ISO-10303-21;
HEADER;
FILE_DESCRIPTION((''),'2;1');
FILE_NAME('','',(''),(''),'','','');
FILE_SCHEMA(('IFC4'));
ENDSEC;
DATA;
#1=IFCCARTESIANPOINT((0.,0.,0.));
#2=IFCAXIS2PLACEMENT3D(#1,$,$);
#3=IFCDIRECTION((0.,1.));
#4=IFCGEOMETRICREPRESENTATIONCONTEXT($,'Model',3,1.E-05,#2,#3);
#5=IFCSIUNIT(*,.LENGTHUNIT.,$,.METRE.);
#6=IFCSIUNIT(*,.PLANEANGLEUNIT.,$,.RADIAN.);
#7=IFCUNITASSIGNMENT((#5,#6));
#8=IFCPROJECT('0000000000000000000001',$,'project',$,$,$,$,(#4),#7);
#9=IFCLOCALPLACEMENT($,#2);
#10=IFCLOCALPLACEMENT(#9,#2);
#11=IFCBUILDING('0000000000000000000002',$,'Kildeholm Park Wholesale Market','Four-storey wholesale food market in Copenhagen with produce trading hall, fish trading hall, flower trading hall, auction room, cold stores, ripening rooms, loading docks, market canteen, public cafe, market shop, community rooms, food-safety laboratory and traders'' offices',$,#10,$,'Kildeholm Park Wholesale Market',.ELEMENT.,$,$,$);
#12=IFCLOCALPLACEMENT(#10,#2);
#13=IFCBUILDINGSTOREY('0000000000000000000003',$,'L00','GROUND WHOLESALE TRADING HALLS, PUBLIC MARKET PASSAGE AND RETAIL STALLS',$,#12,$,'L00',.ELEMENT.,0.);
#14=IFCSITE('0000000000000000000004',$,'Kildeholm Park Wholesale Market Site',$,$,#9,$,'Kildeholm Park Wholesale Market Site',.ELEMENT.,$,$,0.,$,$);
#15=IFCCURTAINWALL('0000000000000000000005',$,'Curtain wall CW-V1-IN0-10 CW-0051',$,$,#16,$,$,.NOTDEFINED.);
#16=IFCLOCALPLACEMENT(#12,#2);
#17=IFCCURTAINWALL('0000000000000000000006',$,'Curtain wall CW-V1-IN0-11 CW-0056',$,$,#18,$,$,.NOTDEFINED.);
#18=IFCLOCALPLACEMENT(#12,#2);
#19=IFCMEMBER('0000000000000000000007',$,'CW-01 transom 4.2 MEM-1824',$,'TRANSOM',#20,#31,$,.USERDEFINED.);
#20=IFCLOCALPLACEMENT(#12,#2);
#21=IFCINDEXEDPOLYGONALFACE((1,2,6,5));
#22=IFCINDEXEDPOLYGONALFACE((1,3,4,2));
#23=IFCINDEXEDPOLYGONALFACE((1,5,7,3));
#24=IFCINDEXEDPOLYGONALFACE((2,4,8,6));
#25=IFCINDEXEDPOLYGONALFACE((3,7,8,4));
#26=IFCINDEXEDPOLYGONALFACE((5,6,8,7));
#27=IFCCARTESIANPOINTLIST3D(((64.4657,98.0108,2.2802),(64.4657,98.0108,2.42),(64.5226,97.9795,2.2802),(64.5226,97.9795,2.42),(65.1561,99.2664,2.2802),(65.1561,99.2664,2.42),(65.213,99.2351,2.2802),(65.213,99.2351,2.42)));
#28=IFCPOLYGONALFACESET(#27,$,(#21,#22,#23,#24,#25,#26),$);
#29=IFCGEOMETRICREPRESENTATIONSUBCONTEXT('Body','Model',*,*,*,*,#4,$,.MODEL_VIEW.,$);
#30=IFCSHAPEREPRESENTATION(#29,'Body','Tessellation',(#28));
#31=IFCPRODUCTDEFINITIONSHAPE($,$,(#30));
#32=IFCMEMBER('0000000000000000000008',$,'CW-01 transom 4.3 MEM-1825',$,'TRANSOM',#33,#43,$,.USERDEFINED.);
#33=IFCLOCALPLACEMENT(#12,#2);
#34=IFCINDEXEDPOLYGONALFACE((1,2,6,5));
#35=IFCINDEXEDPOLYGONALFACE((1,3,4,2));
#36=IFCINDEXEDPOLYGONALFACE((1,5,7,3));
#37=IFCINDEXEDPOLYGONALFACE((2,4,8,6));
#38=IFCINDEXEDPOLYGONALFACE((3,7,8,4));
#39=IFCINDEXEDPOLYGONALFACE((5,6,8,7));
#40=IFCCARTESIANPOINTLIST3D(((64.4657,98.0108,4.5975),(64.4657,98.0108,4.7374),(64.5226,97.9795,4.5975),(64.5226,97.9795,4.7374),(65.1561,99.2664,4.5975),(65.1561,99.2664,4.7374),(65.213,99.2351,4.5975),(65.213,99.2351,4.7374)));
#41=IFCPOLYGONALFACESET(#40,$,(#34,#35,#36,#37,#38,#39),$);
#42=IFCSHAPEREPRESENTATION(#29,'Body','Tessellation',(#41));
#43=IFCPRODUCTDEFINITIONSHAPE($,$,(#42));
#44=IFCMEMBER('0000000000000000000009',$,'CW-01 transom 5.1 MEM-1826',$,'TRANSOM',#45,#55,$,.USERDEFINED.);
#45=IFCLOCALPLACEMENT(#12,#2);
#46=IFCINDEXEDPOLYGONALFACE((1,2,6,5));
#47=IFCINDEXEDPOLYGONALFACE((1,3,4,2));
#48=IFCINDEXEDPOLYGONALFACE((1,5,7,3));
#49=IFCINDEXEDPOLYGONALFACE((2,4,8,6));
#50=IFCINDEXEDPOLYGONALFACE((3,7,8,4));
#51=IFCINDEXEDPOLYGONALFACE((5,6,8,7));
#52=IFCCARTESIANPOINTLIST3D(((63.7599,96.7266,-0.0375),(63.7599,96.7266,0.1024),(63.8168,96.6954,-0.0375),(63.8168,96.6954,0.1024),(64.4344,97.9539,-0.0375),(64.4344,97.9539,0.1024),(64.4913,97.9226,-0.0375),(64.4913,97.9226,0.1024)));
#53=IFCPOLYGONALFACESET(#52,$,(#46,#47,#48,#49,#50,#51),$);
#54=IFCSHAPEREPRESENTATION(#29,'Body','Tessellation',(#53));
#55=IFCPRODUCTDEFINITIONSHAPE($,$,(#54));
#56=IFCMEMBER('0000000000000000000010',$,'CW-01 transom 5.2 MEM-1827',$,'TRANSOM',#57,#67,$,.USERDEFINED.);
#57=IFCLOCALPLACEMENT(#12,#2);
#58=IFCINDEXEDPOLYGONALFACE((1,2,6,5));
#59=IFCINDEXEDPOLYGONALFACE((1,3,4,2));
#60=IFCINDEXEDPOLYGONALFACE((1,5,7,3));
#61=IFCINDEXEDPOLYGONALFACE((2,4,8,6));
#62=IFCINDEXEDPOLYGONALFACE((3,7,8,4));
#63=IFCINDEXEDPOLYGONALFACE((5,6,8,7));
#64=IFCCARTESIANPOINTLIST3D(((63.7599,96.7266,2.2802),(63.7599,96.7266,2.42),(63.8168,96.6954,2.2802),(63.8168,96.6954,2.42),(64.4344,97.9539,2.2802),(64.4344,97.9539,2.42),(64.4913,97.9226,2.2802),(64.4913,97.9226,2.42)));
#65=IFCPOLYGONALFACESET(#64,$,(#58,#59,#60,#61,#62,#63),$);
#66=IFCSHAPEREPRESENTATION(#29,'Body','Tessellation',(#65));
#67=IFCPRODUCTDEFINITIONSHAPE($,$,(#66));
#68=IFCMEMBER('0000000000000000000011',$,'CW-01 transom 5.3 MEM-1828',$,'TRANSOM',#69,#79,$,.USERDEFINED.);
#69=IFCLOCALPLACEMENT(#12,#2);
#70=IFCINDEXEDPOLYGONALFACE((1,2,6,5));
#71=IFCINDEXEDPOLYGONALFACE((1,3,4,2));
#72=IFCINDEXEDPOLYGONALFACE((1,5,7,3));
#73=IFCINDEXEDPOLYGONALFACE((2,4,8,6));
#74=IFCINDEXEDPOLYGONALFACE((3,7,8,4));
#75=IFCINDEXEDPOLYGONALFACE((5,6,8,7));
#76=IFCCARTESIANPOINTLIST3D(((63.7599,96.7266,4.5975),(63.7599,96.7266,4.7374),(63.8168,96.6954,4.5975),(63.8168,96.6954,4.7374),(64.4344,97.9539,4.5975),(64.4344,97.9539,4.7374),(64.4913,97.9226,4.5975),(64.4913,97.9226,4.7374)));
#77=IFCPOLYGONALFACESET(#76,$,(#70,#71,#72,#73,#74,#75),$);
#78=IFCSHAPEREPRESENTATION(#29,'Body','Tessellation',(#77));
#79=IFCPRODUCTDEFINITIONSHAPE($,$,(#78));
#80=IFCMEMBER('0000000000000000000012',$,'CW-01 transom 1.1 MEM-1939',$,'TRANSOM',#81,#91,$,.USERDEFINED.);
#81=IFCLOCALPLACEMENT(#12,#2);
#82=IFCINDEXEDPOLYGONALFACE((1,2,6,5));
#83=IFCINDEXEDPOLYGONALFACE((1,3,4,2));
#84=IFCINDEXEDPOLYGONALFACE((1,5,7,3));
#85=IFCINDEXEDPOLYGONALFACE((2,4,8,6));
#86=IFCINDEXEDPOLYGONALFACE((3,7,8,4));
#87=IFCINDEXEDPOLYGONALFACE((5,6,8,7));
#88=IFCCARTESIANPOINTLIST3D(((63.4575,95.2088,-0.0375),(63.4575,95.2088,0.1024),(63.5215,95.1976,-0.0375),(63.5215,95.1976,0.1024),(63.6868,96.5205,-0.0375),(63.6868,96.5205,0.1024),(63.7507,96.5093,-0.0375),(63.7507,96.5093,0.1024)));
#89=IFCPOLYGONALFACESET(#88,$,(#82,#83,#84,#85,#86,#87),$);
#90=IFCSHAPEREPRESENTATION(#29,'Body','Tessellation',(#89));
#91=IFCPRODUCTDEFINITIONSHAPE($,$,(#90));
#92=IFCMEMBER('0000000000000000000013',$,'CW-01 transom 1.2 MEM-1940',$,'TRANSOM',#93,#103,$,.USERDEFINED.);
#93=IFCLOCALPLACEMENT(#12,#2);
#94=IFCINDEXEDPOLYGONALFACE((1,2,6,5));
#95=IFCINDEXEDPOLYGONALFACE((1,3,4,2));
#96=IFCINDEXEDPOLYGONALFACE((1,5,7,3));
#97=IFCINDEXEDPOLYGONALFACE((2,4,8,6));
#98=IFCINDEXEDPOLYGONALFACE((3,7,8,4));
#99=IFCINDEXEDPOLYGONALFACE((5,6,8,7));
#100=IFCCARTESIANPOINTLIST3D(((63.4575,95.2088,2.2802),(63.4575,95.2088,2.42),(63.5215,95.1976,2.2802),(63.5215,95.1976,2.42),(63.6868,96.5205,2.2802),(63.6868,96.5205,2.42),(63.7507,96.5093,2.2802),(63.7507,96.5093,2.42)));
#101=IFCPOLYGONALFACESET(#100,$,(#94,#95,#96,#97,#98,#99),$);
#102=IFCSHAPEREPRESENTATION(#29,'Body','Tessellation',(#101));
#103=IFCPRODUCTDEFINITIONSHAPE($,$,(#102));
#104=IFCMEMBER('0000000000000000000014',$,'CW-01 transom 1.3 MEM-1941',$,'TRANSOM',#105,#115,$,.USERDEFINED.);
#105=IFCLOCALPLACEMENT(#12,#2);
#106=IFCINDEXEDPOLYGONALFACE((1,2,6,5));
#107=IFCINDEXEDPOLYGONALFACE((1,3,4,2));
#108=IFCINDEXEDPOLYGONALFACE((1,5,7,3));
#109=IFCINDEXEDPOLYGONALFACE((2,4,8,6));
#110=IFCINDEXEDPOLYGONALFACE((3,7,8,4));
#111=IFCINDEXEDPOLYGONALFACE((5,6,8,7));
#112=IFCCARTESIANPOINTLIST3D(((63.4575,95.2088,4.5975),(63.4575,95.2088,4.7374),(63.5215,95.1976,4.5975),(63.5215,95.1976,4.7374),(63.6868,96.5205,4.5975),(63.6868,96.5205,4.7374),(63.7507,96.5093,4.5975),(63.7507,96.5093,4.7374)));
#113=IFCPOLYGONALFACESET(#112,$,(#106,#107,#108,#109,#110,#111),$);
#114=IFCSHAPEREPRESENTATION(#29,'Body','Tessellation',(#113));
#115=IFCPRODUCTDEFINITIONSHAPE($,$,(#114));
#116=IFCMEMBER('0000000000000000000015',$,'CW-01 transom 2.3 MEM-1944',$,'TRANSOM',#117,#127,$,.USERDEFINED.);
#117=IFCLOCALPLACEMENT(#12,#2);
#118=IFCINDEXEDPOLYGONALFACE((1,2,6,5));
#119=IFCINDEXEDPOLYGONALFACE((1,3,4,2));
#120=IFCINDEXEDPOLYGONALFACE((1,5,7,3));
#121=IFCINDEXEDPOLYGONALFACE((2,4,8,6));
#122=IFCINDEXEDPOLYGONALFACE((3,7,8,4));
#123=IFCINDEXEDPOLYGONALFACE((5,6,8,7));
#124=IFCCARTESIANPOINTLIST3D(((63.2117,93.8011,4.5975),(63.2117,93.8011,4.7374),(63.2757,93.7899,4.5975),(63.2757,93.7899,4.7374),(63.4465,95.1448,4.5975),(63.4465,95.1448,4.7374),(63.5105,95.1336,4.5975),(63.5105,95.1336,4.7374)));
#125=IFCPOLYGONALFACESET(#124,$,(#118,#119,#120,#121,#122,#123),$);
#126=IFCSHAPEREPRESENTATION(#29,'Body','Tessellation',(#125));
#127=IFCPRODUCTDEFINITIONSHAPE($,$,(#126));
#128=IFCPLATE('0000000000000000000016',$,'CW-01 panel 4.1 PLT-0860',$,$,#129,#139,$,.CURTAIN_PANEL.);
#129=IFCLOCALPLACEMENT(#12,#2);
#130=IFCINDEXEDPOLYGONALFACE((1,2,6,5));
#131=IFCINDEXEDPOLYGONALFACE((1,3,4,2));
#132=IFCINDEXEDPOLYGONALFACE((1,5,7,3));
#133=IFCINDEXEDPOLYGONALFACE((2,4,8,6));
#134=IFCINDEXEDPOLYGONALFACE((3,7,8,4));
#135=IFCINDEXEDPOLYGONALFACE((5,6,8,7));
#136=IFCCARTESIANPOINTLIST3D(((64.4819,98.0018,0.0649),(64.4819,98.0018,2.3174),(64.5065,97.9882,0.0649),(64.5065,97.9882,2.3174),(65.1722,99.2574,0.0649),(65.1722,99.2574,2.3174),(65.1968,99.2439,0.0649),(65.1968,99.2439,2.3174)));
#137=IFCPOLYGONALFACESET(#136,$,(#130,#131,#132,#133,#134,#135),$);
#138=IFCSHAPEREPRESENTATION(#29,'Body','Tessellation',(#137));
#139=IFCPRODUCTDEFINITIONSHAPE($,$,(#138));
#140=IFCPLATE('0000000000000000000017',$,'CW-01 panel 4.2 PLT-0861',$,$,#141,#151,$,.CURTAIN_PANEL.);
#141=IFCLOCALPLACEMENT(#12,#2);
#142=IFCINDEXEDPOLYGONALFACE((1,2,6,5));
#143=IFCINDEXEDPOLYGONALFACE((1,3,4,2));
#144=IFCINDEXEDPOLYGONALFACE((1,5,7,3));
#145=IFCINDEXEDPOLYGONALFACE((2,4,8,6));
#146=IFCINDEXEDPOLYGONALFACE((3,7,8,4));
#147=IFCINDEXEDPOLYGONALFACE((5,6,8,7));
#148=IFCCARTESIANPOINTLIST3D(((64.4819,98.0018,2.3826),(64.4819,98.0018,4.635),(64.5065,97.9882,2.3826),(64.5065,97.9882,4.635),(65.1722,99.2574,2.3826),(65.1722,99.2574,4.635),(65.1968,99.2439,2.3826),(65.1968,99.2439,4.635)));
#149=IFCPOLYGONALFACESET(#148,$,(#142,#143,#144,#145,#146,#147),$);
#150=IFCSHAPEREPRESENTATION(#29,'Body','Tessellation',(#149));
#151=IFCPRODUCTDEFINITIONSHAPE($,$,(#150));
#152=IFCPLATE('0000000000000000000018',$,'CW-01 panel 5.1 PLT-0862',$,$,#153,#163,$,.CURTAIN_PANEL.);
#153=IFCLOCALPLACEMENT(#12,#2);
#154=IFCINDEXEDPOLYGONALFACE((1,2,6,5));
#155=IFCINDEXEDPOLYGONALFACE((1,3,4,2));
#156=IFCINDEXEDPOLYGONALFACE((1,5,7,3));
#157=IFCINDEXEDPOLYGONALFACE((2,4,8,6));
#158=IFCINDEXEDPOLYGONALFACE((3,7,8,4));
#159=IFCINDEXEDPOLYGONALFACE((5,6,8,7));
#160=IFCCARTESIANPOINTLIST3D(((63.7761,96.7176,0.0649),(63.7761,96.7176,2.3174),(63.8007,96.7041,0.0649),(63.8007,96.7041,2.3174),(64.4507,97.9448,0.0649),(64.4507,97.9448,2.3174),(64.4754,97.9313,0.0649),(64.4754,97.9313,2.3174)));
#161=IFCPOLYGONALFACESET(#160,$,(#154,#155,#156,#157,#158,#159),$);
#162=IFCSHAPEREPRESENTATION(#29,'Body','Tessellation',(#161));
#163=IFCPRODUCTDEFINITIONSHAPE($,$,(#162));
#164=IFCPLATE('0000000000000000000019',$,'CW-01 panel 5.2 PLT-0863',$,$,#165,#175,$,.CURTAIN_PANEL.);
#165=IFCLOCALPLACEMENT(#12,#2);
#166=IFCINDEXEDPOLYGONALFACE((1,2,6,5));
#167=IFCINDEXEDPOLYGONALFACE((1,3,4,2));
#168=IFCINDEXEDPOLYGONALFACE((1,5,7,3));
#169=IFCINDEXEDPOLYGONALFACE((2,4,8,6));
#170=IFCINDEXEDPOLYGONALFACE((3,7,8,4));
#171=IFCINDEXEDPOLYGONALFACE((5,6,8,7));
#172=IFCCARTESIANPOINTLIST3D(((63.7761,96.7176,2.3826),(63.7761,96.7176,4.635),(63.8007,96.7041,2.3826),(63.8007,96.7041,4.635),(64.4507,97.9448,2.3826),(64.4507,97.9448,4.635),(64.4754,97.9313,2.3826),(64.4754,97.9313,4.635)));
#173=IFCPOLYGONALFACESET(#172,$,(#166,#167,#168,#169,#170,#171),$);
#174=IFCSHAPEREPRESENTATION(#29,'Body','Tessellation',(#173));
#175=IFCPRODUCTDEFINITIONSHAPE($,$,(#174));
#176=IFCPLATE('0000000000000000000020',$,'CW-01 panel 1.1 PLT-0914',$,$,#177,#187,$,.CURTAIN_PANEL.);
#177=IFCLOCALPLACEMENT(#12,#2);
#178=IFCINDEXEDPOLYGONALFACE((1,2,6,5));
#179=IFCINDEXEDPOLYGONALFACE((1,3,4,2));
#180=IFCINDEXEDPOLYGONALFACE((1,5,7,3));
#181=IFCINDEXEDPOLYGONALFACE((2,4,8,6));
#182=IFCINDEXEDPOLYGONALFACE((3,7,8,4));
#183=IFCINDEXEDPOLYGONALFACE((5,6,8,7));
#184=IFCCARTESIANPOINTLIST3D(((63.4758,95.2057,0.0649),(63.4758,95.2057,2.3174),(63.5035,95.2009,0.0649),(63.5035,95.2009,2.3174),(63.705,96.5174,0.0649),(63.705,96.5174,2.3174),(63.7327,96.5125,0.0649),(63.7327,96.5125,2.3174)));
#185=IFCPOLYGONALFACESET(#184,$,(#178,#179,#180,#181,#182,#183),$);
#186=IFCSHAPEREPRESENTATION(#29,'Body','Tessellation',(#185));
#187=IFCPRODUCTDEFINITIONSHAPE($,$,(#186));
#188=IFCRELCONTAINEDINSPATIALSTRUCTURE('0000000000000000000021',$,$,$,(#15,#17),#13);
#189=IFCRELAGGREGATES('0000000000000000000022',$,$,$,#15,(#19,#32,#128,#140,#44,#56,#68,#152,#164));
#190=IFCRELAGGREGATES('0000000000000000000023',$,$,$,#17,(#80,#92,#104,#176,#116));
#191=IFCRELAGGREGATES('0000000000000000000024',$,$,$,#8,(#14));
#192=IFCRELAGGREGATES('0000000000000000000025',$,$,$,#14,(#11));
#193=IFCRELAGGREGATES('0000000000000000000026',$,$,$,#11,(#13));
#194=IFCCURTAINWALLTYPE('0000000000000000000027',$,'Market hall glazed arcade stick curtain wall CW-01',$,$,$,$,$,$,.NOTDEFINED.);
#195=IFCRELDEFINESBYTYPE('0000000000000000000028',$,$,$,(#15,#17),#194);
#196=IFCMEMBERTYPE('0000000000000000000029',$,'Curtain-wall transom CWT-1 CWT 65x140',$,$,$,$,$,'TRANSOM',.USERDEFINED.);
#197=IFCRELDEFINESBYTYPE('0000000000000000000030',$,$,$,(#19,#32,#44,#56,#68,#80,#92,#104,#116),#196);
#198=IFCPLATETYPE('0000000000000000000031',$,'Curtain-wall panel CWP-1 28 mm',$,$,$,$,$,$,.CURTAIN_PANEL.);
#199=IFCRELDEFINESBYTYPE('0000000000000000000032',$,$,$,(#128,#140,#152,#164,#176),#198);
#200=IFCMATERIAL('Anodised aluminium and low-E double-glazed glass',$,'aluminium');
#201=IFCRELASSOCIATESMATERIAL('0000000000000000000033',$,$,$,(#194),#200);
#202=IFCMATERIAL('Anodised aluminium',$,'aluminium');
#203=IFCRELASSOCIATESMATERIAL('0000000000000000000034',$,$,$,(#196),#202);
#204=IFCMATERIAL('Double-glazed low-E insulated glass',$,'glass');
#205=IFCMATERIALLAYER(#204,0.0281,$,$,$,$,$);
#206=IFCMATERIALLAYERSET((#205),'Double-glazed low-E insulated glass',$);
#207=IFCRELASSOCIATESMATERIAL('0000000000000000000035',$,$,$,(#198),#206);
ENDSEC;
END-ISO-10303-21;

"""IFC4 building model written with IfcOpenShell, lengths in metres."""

from ifc_helpers import new_model, si_unit, direction, frame, origin, origin_2d, place, context, subcontext, project, spatial, rectangle, extrude, material, layer, layer_set, material_profile, profile_set, type_object, element, aggregate, save


model = new_model("IFC4")

# Units and contexts
model_context = context("Model", 3, precision=1e-05, world=origin(), true_north=direction((0.0, 1.0)))
body_context = subcontext(model_context, "Body", "Model", "MODEL_VIEW")
ifc_project = project(units=[si_unit("LENGTHUNIT", "METRE"), si_unit("PLANEANGLEUNIT", "RADIAN")], contexts=[model_context])

# Site, building, storey
site_placement = place(None, origin())
site = spatial("IfcSite", under=ifc_project, at=site_placement, Name="Kildeholm Park Wholesale Market Site", LongName="Kildeholm Park Wholesale Market Site", CompositionType="ELEMENT", RefElevation=0.0)
building_placement = place(site_placement, origin())
building = spatial("IfcBuilding", under=site, at=building_placement, Name="Kildeholm Park Wholesale Market", Description="Four-storey wholesale food market in Copenhagen with produce trading hall, fish trading hall, flower trading hall, auction room, cold stores, ripening rooms, loading docks, market canteen, public cafe, market shop, community rooms, food-safety laboratory and traders' offices", LongName="Kildeholm Park Wholesale Market", CompositionType="ELEMENT")
storey_placement = place(building_placement, origin())
storey = spatial("IfcBuildingStorey", under=building, at=storey_placement, Name="L00", Description="GROUND WHOLESALE TRADING HALLS, PUBLIC MARKET PASSAGE AND RETAIL STALLS", LongName="L00", CompositionType="ELEMENT", Elevation=0.0)

# Curtain walls
ifc_material_1 = material(Name="Anodised aluminium and low-E double-glazed glass", Category="aluminium")
curtain_wall_type = type_object("IfcCurtainWallType", Name="Market hall glazed arcade stick curtain wall CW-01", PredefinedType="NOTDEFINED", material=ifc_material_1)
curtain_wall_1_placement = place(storey_placement, origin())
curtain_wall_1 = element("IfcCurtainWall", 1, at=curtain_wall_1_placement, inside=storey, type_object=curtain_wall_type, Name="Curtain wall CW-V1-IN0-10 CW-0051", PredefinedType="NOTDEFINED")
ifc_material_2 = material(Name="Anodised aluminium", Category="aluminium")
curtain_wall_2_placement = place(storey_placement, origin())
curtain_wall_2 = element("IfcCurtainWall", 2, at=curtain_wall_2_placement, inside=storey, type_object=curtain_wall_type, Name="Curtain wall CW-V1-IN0-11 CW-0056", PredefinedType="NOTDEFINED")

# Members
ifc_material_profile_1 = material_profile(ifc_material_2, rectangle(XDim=0.0649, YDim=0.1399, at=origin_2d()), Name="CWT 65x140")
ifc_profile_set_1 = profile_set([ifc_material_profile_1], Name="Anodised aluminium")
member_type_1 = type_object("IfcMemberType", Name="Curtain-wall transom CWT-1 CWT 65x140", ElementType="TRANSOM", PredefinedType="USERDEFINED", material=ifc_profile_set_1)
member_1_placement = place(storey_placement, frame((65.1846, 99.2507, 2.3501), z_axis=(-0.481834, -0.876263, 0.0), x_axis=(0.876263, -0.481834, 0.0)))
member_1 = element("IfcMember", 3, at=member_1_placement, type_object=member_type_1, Name="CW-01 transom 4.2 MEM-1824", ObjectType="TRANSOM", PredefinedType="USERDEFINED", context=body_context, shape_type="SweptSolid", body=[
    extrude(rectangle(XDim=0.0649, YDim=0.1399, at=origin_2d()), origin(), (0.0, 0.0, 1.0), 1.4329),
])
member_2_placement = place(storey_placement, frame((65.1846, 99.2507, 4.6675), z_axis=(-0.481834, -0.876263, 0.0), x_axis=(0.876263, -0.481834, 0.0)))
member_2 = element("IfcMember", 4, at=member_2_placement, type_object=member_type_1, Name="CW-01 transom 4.3 MEM-1825", ObjectType="TRANSOM", PredefinedType="USERDEFINED", context=body_context, shape_type="SweptSolid", body=[
    extrude(rectangle(XDim=0.0649, YDim=0.1399, at=origin_2d()), origin(), (0.0, 0.0, 1.0), 1.4329),
])
member_3_placement = place(storey_placement, frame((64.4629, 97.9382, 0.0325), z_axis=(-0.481671, -0.876352, 0.0), x_axis=(0.876352, -0.481671, 0.0)))
member_3 = element("IfcMember", 5, at=member_3_placement, type_object=member_type_1, Name="CW-01 transom 5.1 MEM-1826", ObjectType="TRANSOM", PredefinedType="USERDEFINED", context=body_context, shape_type="SweptSolid", body=[
    extrude(rectangle(XDim=0.0649, YDim=0.1399, at=origin_2d()), origin(), (0.0, 0.0, 1.0), 1.4004),
])
member_4_placement = place(storey_placement, frame((64.4629, 97.9382, 2.3501), z_axis=(-0.481671, -0.876352, 0.0), x_axis=(0.876352, -0.481671, 0.0)))
member_4 = element("IfcMember", 6, at=member_4_placement, type_object=member_type_1, Name="CW-01 transom 5.2 MEM-1827", ObjectType="TRANSOM", PredefinedType="USERDEFINED", context=body_context, shape_type="SweptSolid", body=[
    extrude(rectangle(XDim=0.0649, YDim=0.1399, at=origin_2d()), origin(), (0.0, 0.0, 1.0), 1.4004),
])
member_5_placement = place(storey_placement, frame((64.4629, 97.9382, 4.6675), z_axis=(-0.481671, -0.876352, 0.0), x_axis=(0.876352, -0.481671, 0.0)))
member_5 = element("IfcMember", 7, at=member_5_placement, type_object=member_type_1, Name="CW-01 transom 5.3 MEM-1828", ObjectType="TRANSOM", PredefinedType="USERDEFINED", context=body_context, shape_type="SweptSolid", body=[
    extrude(rectangle(XDim=0.0649, YDim=0.1399, at=origin_2d()), origin(), (0.0, 0.0, 1.0), 1.4004),
])
member_6_placement = place(storey_placement, frame((63.7188, 96.5149, 0.0325), z_axis=(-0.172154, -0.98507, 0.0), x_axis=(0.98507, -0.172154, 0.0)))
member_6 = element("IfcMember", 8, at=member_6_placement, type_object=member_type_1, Name="CW-01 transom 1.1 MEM-1939", ObjectType="TRANSOM", PredefinedType="USERDEFINED", context=body_context, shape_type="SweptSolid", body=[
    extrude(rectangle(XDim=0.0649, YDim=0.1399, at=origin_2d()), origin(), (0.0, 0.0, 1.0), 1.3315),
])
member_7_placement = place(storey_placement, frame((63.7188, 96.5149, 2.3501), z_axis=(-0.172154, -0.98507, 0.0), x_axis=(0.98507, -0.172154, 0.0)))
member_7 = element("IfcMember", 9, at=member_7_placement, type_object=member_type_1, Name="CW-01 transom 1.2 MEM-1940", ObjectType="TRANSOM", PredefinedType="USERDEFINED", context=body_context, shape_type="SweptSolid", body=[
    extrude(rectangle(XDim=0.0649, YDim=0.1399, at=origin_2d()), origin(), (0.0, 0.0, 1.0), 1.3315),
])
member_8_placement = place(storey_placement, frame((63.7188, 96.5149, 4.6675), z_axis=(-0.172154, -0.98507, 0.0), x_axis=(0.98507, -0.172154, 0.0)))
member_8 = element("IfcMember", 10, at=member_8_placement, type_object=member_type_1, Name="CW-01 transom 1.3 MEM-1941", ObjectType="TRANSOM", PredefinedType="USERDEFINED", context=body_context, shape_type="SweptSolid", body=[
    extrude(rectangle(XDim=0.0649, YDim=0.1399, at=origin_2d()), origin(), (0.0, 0.0, 1.0), 1.3315),
])
member_9_placement = place(storey_placement, frame((63.4785, 95.1392, 4.6675), z_axis=(-0.172172, -0.985067, 0.0), x_axis=(0.985067, -0.172172, 0.0)))
member_9 = element("IfcMember", 11, at=member_9_placement, type_object=member_type_1, Name="CW-01 transom 2.3 MEM-1944", ObjectType="TRANSOM", PredefinedType="USERDEFINED", context=body_context, shape_type="SweptSolid", body=[
    extrude(rectangle(XDim=0.0649, YDim=0.1399, at=origin_2d()), origin(), (0.0, 0.0, 1.0), 1.364),
])

# Plates
ifc_material_3 = material(Name="Double-glazed low-E insulated glass", Category="glass")
ifc_layer = layer(ifc_material_3, 0.0281)
ifc_layer_set = layer_set([ifc_layer], Name="Double-glazed low-E insulated glass")
plate_type = type_object("IfcPlateType", Name="Curtain-wall panel CWP-1 28 mm", PredefinedType="CURTAIN_PANEL", material=ifc_layer_set)
plate_1_placement = place(storey_placement, frame((64.8394, 98.6228, 0.0649), z_axis=(0.0, 0.0, 1.0), x_axis=(-0.48175, -0.876309, 0.0)))
plate_1 = element("IfcPlate", 12, at=plate_1_placement, type_object=plate_type, Name="CW-01 panel 4.1 PLT-0860", PredefinedType="CURTAIN_PANEL", context=body_context, shape_type="SweptSolid", body=[
    extrude(rectangle(XDim=1.4329, YDim=0.0281, at=origin_2d()), origin(), (0.0, 0.0, 1.0), 2.2524),
])
plate_2_placement = place(storey_placement, frame((64.8394, 98.6228, 2.3826), z_axis=(0.0, 0.0, 1.0), x_axis=(-0.48175, -0.876309, 0.0)))
plate_2 = element("IfcPlate", 13, at=plate_2_placement, type_object=plate_type, Name="CW-01 panel 4.2 PLT-0861", PredefinedType="CURTAIN_PANEL", context=body_context, shape_type="SweptSolid", body=[
    extrude(rectangle(XDim=1.4329, YDim=0.0281, at=origin_2d()), origin(), (0.0, 0.0, 1.0), 2.2524),
])
plate_3_placement = place(storey_placement, frame((64.1257, 97.3245, 0.0649), z_axis=(0.0, 0.0, 1.0), x_axis=(-0.48175, -0.876309, 0.0)))
plate_3 = element("IfcPlate", 14, at=plate_3_placement, type_object=plate_type, Name="CW-01 panel 5.1 PLT-0862", PredefinedType="CURTAIN_PANEL", context=body_context, shape_type="SweptSolid", body=[
    extrude(rectangle(XDim=1.4004, YDim=0.0281, at=origin_2d()), origin(), (0.0, 0.0, 1.0), 2.2524),
])
plate_4_placement = place(storey_placement, frame((64.1257, 97.3245, 2.3826), z_axis=(0.0, 0.0, 1.0), x_axis=(-0.48175, -0.876309, 0.0)))
plate_4 = element("IfcPlate", 15, at=plate_4_placement, type_object=plate_type, Name="CW-01 panel 5.2 PLT-0863", PredefinedType="CURTAIN_PANEL", context=body_context, shape_type="SweptSolid", body=[
    extrude(rectangle(XDim=1.4004, YDim=0.0281, at=origin_2d()), origin(), (0.0, 0.0, 1.0), 2.2524),
])
aggregate(curtain_wall_1, [member_1, member_2, plate_1, plate_2, member_3, member_4, member_5, plate_3, plate_4])
plate_5_placement = place(storey_placement, frame((63.6042, 95.8591, 0.0649), z_axis=(0.0, 0.0, 1.0), x_axis=(-0.172133, -0.985074, 0.0)))
plate_5 = element("IfcPlate", 16, at=plate_5_placement, type_object=plate_type, Name="CW-01 panel 1.1 PLT-0914", PredefinedType="CURTAIN_PANEL", context=body_context, shape_type="SweptSolid", body=[
    extrude(rectangle(XDim=1.3315, YDim=0.0281, at=origin_2d()), origin(), (0.0, 0.0, 1.0), 2.2524),
])
aggregate(curtain_wall_2, [member_6, member_7, member_8, plate_5, member_9])

save(model, "model.ifc")
